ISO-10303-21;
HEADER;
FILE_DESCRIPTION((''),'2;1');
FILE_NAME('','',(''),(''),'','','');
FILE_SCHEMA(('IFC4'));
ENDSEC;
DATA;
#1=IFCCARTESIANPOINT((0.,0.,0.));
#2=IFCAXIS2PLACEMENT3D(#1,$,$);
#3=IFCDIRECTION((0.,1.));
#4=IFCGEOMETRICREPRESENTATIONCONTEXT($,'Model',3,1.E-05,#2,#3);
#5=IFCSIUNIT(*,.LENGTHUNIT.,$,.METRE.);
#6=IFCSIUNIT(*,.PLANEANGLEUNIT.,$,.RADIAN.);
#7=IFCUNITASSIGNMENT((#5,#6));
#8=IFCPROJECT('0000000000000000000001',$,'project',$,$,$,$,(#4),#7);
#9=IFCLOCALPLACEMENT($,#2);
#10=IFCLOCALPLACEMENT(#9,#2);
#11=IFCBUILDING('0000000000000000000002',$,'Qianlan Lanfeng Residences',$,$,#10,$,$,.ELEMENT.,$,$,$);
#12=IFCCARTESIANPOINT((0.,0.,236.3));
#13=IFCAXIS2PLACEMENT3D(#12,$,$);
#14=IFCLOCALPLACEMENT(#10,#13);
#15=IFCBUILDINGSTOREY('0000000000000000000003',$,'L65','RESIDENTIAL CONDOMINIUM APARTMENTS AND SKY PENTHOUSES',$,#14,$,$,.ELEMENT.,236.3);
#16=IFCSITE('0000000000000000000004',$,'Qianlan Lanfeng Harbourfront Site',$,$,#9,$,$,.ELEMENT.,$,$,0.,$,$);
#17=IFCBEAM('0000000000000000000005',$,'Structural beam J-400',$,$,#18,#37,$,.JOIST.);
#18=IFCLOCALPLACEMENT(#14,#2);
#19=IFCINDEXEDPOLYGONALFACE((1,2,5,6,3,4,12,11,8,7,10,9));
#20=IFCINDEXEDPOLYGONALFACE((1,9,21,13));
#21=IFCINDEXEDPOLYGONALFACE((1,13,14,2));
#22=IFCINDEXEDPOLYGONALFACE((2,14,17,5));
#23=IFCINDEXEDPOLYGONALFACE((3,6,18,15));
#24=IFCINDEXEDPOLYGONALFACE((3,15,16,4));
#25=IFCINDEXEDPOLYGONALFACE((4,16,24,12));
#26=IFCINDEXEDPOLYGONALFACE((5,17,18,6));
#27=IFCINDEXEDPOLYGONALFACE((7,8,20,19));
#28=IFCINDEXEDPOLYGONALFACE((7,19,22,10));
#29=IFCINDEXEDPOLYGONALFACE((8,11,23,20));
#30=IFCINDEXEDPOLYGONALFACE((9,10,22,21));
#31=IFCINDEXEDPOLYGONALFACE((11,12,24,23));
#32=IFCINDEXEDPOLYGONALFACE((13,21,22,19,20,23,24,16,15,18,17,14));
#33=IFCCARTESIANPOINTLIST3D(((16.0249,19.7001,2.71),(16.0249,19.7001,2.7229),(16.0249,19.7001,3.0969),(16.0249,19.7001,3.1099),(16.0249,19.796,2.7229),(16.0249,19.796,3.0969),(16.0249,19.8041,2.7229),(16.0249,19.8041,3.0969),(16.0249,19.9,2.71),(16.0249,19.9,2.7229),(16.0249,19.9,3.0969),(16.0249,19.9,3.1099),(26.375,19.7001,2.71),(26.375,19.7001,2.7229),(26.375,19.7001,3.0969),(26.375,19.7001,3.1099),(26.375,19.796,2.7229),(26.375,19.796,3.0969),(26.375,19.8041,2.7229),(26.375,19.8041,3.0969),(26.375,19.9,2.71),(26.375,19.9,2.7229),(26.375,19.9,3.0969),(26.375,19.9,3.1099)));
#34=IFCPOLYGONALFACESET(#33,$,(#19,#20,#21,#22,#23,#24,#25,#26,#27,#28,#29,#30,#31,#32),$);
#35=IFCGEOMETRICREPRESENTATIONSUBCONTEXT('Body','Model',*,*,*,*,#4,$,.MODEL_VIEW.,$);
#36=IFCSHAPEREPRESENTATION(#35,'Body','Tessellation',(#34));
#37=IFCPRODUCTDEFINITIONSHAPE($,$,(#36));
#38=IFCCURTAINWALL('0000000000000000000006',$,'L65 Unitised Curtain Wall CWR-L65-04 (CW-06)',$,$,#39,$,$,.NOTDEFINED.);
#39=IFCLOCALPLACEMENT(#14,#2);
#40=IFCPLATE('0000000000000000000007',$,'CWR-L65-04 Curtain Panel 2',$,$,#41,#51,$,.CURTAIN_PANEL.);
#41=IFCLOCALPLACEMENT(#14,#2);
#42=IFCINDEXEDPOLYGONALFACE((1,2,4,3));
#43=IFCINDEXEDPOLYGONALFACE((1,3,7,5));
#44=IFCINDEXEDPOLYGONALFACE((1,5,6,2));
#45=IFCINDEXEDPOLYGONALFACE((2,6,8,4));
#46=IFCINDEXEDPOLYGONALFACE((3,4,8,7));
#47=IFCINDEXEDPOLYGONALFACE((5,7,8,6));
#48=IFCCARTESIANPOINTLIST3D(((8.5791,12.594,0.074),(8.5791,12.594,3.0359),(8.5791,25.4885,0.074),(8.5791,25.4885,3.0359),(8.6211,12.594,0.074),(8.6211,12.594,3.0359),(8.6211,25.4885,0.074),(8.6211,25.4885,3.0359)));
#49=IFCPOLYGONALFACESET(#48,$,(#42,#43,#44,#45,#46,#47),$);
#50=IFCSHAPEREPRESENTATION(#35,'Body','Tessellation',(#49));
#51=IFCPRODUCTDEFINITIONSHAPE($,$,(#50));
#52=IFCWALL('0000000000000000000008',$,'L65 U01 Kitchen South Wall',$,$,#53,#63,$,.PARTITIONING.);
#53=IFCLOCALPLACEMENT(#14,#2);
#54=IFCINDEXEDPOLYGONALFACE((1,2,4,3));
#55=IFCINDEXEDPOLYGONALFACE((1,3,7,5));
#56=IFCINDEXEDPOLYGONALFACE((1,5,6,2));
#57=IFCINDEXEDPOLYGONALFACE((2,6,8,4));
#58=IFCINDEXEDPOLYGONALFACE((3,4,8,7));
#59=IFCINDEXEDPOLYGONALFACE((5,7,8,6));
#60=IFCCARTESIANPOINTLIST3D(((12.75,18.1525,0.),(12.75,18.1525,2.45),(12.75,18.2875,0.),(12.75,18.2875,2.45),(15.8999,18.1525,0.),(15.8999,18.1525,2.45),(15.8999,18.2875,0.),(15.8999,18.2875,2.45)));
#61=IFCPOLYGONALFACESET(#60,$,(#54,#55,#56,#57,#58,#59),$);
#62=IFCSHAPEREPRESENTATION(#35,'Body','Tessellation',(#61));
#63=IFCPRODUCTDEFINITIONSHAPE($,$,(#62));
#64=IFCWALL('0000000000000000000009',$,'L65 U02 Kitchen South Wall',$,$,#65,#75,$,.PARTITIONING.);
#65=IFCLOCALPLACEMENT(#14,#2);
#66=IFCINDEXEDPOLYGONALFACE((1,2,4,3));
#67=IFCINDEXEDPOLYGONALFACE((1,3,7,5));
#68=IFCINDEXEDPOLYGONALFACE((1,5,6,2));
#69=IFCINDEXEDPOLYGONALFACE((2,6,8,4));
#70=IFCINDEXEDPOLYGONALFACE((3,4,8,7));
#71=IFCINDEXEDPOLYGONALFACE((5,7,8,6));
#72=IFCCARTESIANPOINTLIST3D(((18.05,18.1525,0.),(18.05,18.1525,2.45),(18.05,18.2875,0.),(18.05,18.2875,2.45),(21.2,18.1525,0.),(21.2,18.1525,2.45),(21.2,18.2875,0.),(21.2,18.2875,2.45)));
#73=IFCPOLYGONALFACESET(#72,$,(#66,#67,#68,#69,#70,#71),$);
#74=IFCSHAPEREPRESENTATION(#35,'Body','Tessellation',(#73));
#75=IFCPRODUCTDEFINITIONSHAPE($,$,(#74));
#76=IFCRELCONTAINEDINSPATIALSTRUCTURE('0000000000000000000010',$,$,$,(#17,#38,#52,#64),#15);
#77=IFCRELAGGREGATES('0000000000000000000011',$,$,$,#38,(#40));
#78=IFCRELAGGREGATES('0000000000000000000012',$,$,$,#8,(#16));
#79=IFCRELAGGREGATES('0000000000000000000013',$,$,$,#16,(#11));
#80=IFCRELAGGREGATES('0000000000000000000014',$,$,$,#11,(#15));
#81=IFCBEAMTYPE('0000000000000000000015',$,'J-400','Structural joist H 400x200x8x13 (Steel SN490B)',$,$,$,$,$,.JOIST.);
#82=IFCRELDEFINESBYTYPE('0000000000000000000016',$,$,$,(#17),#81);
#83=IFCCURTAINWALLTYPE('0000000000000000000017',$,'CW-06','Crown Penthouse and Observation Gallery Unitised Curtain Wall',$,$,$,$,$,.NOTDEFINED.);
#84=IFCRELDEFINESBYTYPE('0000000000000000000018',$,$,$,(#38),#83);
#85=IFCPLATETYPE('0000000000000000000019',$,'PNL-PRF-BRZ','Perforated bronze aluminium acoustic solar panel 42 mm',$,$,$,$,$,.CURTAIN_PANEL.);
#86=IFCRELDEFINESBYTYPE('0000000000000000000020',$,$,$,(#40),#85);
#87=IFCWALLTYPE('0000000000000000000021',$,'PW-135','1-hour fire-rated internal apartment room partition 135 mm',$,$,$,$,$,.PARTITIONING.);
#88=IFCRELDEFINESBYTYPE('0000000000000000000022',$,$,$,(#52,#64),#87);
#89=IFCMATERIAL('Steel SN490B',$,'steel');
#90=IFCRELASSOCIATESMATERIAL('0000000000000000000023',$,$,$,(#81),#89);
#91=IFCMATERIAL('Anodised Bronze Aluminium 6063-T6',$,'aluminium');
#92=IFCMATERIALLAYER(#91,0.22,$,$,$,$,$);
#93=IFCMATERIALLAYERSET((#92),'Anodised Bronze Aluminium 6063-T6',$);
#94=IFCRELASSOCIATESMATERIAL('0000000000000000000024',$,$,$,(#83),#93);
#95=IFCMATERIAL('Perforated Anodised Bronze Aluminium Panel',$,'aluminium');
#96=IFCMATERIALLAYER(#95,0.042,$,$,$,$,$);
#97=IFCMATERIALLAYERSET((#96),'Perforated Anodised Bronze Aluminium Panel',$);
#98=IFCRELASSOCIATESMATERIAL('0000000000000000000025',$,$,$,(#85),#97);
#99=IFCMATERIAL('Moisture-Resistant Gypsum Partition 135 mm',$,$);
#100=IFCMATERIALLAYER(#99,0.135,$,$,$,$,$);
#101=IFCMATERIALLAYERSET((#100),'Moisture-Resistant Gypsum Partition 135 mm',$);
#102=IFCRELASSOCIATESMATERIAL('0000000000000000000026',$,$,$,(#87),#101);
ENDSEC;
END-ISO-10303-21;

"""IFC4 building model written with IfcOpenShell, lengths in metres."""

from ifc_helpers import new_model, si_unit, direction, frame, frame_2d, origin, origin_2d, place, context, subcontext, project, spatial, rectangle, i_section, extrude, source, transform, mapped, material, layer, layer_set, material_profile, profile_set, type_object, element, aggregate, save


model = new_model("IFC4")

# Units and contexts
model_context = context("Model", 3, precision=1e-05, world=origin(), true_north=direction((0.0, 1.0)))
body_context = subcontext(model_context, "Body", "Model", "MODEL_VIEW")
ifc_project = project(units=[si_unit("LENGTHUNIT", "METRE"), si_unit("PLANEANGLEUNIT", "RADIAN")], contexts=[model_context])

# Site, building, storey
site_placement = place(None, origin())
site = spatial("IfcSite", under=ifc_project, at=site_placement, Name="Qianlan Lanfeng Harbourfront Site", CompositionType="ELEMENT", RefElevation=0.0)
building_placement = place(site_placement, origin())
building = spatial("IfcBuilding", under=site, at=building_placement, Name="Qianlan Lanfeng Residences", CompositionType="ELEMENT")
storey_placement = place(building_placement, frame((0.0, 0.0, 236.3)))
storey = spatial("IfcBuildingStorey", under=building, at=storey_placement, Name="L65", Description="RESIDENTIAL CONDOMINIUM APARTMENTS AND SKY PENTHOUSES", CompositionType="ELEMENT", Elevation=236.3)

# Shared definitions
ifc_material_1 = material(Name="Steel SN490B", Category="steel")

# Beam
ifc_material_profile_1 = material_profile(ifc_material_1, i_section(OverallWidth=0.2, OverallDepth=0.3999, WebThickness=0.0081, FlangeThickness=0.0129, at=origin_2d()), Name="H 400x200x8x13")
ifc_profile_set_1 = profile_set([ifc_material_profile_1], Name="Steel SN490B")
beam_type_1 = type_object("IfcBeamType", Name="J-400", Description="Structural joist H 400x200x8x13 (Steel SN490B)", PredefinedType="JOIST", material=ifc_profile_set_1)
beam_1_placement = place(storey_placement, frame((16.0249, 19.8, 2.9099), z_axis=(1.0, 0.0, 0.0), x_axis=(0.0, 1.0, 0.0)))
element("IfcBeam", 1, at=beam_1_placement, inside=storey, type_object=beam_type_1, Name="Structural beam J-400", PredefinedType="JOIST", context=body_context, shape_type="SweptSolid", body=[
    extrude(i_section(OverallWidth=0.2, OverallDepth=0.3999, WebThickness=0.0081, FlangeThickness=0.0129, at=origin_2d()), origin(), (0.0, 0.0, 1.0), 10.3501),
])

# Curtain wall, plate
ifc_material_2 = material(Name="Anodised Bronze Aluminium 6063-T6", Category="aluminium")
ifc_layer_1 = layer(ifc_material_2, 0.22)
ifc_layer_set_1 = layer_set([ifc_layer_1], Name="Anodised Bronze Aluminium 6063-T6")
curtain_wall_type = type_object("IfcCurtainWallType", Name="CW-06", Description="Crown Penthouse and Observation Gallery Unitised Curtain Wall", PredefinedType="NOTDEFINED", material=ifc_layer_set_1)
curtain_wall_placement = place(storey_placement, origin())
curtain_wall = element("IfcCurtainWall", 2, at=curtain_wall_placement, inside=storey, type_object=curtain_wall_type, Name="L65 Unitised Curtain Wall CWR-L65-04 (CW-06)", PredefinedType="NOTDEFINED")
ifc_material_3 = material(Name="Perforated Anodised Bronze Aluminium Panel", Category="aluminium")
ifc_layer_2 = layer(ifc_material_3, 0.042)
ifc_layer_set_2 = layer_set([ifc_layer_2], Name="Perforated Anodised Bronze Aluminium Panel")
plate_type = type_object("IfcPlateType", Name="PNL-PRF-BRZ", Description="Perforated bronze aluminium acoustic solar panel 42 mm", PredefinedType="CURTAIN_PANEL", material=ifc_layer_set_2)
shared_shape = source(origin(), body_context, "Body", "SweptSolid", [
    extrude(rectangle(XDim=12.8945, YDim=0.042, at=origin_2d()), origin(), (0.0, 0.0, 1.0), 2.9619),
])
plate_placement = place(storey_placement, frame((8.6001, 19.0413, 0.074), z_axis=(0.0, 0.0, 1.0), x_axis=(0.0, -1.0, 0.0)))
plate = element("IfcPlate", 3, at=plate_placement, type_object=plate_type, Name="CWR-L65-04 Curtain Panel 2", PredefinedType="CURTAIN_PANEL", context=body_context, shape_type="MappedRepresentation", body=[
    mapped(shared_shape, transform((0.0, 0.0, 0.0), scale=1.0)),
])
aggregate(curtain_wall, [plate])

# Shared definitions
ifc_material_4 = material(Name="Moisture-Resistant Gypsum Partition 135 mm")
ifc_layer_3 = layer(ifc_material_4, 0.135)
ifc_layer_set_3 = layer_set([ifc_layer_3], Name="Moisture-Resistant Gypsum Partition 135 mm")
wall_type = type_object("IfcWallType", Name="PW-135", Description="1-hour fire-rated internal apartment room partition 135 mm", PredefinedType="PARTITIONING", material=ifc_layer_set_3)

# Wall
wall_1_placement = place(storey_placement, frame((12.75, 18.22, 0.0), z_axis=(0.0, 0.0, 1.0), x_axis=(1.0, 0.0, 0.0)))
element("IfcWall", 4, at=wall_1_placement, inside=storey, type_object=wall_type, Name="L65 U01 Kitchen South Wall", PredefinedType="PARTITIONING", context=body_context, shape_type="SweptSolid", body=[
    extrude(rectangle(XDim=3.1499, YDim=0.135, at=frame_2d((1.575, 0.0))), origin(), (0.0, 0.0, 1.0), 2.45),
])

# Wall
wall_2_placement = place(storey_placement, frame((18.05, 18.22, 0.0), z_axis=(0.0, 0.0, 1.0), x_axis=(1.0, 0.0, 0.0)))
element("IfcWall", 5, at=wall_2_placement, inside=storey, type_object=wall_type, Name="L65 U02 Kitchen South Wall", PredefinedType="PARTITIONING", context=body_context, shape_type="SweptSolid", body=[
    extrude(rectangle(XDim=3.1499, YDim=0.135, at=frame_2d((1.575, 0.0))), origin(), (0.0, 0.0, 1.0), 2.45),
])

save(model, "model.ifc")
